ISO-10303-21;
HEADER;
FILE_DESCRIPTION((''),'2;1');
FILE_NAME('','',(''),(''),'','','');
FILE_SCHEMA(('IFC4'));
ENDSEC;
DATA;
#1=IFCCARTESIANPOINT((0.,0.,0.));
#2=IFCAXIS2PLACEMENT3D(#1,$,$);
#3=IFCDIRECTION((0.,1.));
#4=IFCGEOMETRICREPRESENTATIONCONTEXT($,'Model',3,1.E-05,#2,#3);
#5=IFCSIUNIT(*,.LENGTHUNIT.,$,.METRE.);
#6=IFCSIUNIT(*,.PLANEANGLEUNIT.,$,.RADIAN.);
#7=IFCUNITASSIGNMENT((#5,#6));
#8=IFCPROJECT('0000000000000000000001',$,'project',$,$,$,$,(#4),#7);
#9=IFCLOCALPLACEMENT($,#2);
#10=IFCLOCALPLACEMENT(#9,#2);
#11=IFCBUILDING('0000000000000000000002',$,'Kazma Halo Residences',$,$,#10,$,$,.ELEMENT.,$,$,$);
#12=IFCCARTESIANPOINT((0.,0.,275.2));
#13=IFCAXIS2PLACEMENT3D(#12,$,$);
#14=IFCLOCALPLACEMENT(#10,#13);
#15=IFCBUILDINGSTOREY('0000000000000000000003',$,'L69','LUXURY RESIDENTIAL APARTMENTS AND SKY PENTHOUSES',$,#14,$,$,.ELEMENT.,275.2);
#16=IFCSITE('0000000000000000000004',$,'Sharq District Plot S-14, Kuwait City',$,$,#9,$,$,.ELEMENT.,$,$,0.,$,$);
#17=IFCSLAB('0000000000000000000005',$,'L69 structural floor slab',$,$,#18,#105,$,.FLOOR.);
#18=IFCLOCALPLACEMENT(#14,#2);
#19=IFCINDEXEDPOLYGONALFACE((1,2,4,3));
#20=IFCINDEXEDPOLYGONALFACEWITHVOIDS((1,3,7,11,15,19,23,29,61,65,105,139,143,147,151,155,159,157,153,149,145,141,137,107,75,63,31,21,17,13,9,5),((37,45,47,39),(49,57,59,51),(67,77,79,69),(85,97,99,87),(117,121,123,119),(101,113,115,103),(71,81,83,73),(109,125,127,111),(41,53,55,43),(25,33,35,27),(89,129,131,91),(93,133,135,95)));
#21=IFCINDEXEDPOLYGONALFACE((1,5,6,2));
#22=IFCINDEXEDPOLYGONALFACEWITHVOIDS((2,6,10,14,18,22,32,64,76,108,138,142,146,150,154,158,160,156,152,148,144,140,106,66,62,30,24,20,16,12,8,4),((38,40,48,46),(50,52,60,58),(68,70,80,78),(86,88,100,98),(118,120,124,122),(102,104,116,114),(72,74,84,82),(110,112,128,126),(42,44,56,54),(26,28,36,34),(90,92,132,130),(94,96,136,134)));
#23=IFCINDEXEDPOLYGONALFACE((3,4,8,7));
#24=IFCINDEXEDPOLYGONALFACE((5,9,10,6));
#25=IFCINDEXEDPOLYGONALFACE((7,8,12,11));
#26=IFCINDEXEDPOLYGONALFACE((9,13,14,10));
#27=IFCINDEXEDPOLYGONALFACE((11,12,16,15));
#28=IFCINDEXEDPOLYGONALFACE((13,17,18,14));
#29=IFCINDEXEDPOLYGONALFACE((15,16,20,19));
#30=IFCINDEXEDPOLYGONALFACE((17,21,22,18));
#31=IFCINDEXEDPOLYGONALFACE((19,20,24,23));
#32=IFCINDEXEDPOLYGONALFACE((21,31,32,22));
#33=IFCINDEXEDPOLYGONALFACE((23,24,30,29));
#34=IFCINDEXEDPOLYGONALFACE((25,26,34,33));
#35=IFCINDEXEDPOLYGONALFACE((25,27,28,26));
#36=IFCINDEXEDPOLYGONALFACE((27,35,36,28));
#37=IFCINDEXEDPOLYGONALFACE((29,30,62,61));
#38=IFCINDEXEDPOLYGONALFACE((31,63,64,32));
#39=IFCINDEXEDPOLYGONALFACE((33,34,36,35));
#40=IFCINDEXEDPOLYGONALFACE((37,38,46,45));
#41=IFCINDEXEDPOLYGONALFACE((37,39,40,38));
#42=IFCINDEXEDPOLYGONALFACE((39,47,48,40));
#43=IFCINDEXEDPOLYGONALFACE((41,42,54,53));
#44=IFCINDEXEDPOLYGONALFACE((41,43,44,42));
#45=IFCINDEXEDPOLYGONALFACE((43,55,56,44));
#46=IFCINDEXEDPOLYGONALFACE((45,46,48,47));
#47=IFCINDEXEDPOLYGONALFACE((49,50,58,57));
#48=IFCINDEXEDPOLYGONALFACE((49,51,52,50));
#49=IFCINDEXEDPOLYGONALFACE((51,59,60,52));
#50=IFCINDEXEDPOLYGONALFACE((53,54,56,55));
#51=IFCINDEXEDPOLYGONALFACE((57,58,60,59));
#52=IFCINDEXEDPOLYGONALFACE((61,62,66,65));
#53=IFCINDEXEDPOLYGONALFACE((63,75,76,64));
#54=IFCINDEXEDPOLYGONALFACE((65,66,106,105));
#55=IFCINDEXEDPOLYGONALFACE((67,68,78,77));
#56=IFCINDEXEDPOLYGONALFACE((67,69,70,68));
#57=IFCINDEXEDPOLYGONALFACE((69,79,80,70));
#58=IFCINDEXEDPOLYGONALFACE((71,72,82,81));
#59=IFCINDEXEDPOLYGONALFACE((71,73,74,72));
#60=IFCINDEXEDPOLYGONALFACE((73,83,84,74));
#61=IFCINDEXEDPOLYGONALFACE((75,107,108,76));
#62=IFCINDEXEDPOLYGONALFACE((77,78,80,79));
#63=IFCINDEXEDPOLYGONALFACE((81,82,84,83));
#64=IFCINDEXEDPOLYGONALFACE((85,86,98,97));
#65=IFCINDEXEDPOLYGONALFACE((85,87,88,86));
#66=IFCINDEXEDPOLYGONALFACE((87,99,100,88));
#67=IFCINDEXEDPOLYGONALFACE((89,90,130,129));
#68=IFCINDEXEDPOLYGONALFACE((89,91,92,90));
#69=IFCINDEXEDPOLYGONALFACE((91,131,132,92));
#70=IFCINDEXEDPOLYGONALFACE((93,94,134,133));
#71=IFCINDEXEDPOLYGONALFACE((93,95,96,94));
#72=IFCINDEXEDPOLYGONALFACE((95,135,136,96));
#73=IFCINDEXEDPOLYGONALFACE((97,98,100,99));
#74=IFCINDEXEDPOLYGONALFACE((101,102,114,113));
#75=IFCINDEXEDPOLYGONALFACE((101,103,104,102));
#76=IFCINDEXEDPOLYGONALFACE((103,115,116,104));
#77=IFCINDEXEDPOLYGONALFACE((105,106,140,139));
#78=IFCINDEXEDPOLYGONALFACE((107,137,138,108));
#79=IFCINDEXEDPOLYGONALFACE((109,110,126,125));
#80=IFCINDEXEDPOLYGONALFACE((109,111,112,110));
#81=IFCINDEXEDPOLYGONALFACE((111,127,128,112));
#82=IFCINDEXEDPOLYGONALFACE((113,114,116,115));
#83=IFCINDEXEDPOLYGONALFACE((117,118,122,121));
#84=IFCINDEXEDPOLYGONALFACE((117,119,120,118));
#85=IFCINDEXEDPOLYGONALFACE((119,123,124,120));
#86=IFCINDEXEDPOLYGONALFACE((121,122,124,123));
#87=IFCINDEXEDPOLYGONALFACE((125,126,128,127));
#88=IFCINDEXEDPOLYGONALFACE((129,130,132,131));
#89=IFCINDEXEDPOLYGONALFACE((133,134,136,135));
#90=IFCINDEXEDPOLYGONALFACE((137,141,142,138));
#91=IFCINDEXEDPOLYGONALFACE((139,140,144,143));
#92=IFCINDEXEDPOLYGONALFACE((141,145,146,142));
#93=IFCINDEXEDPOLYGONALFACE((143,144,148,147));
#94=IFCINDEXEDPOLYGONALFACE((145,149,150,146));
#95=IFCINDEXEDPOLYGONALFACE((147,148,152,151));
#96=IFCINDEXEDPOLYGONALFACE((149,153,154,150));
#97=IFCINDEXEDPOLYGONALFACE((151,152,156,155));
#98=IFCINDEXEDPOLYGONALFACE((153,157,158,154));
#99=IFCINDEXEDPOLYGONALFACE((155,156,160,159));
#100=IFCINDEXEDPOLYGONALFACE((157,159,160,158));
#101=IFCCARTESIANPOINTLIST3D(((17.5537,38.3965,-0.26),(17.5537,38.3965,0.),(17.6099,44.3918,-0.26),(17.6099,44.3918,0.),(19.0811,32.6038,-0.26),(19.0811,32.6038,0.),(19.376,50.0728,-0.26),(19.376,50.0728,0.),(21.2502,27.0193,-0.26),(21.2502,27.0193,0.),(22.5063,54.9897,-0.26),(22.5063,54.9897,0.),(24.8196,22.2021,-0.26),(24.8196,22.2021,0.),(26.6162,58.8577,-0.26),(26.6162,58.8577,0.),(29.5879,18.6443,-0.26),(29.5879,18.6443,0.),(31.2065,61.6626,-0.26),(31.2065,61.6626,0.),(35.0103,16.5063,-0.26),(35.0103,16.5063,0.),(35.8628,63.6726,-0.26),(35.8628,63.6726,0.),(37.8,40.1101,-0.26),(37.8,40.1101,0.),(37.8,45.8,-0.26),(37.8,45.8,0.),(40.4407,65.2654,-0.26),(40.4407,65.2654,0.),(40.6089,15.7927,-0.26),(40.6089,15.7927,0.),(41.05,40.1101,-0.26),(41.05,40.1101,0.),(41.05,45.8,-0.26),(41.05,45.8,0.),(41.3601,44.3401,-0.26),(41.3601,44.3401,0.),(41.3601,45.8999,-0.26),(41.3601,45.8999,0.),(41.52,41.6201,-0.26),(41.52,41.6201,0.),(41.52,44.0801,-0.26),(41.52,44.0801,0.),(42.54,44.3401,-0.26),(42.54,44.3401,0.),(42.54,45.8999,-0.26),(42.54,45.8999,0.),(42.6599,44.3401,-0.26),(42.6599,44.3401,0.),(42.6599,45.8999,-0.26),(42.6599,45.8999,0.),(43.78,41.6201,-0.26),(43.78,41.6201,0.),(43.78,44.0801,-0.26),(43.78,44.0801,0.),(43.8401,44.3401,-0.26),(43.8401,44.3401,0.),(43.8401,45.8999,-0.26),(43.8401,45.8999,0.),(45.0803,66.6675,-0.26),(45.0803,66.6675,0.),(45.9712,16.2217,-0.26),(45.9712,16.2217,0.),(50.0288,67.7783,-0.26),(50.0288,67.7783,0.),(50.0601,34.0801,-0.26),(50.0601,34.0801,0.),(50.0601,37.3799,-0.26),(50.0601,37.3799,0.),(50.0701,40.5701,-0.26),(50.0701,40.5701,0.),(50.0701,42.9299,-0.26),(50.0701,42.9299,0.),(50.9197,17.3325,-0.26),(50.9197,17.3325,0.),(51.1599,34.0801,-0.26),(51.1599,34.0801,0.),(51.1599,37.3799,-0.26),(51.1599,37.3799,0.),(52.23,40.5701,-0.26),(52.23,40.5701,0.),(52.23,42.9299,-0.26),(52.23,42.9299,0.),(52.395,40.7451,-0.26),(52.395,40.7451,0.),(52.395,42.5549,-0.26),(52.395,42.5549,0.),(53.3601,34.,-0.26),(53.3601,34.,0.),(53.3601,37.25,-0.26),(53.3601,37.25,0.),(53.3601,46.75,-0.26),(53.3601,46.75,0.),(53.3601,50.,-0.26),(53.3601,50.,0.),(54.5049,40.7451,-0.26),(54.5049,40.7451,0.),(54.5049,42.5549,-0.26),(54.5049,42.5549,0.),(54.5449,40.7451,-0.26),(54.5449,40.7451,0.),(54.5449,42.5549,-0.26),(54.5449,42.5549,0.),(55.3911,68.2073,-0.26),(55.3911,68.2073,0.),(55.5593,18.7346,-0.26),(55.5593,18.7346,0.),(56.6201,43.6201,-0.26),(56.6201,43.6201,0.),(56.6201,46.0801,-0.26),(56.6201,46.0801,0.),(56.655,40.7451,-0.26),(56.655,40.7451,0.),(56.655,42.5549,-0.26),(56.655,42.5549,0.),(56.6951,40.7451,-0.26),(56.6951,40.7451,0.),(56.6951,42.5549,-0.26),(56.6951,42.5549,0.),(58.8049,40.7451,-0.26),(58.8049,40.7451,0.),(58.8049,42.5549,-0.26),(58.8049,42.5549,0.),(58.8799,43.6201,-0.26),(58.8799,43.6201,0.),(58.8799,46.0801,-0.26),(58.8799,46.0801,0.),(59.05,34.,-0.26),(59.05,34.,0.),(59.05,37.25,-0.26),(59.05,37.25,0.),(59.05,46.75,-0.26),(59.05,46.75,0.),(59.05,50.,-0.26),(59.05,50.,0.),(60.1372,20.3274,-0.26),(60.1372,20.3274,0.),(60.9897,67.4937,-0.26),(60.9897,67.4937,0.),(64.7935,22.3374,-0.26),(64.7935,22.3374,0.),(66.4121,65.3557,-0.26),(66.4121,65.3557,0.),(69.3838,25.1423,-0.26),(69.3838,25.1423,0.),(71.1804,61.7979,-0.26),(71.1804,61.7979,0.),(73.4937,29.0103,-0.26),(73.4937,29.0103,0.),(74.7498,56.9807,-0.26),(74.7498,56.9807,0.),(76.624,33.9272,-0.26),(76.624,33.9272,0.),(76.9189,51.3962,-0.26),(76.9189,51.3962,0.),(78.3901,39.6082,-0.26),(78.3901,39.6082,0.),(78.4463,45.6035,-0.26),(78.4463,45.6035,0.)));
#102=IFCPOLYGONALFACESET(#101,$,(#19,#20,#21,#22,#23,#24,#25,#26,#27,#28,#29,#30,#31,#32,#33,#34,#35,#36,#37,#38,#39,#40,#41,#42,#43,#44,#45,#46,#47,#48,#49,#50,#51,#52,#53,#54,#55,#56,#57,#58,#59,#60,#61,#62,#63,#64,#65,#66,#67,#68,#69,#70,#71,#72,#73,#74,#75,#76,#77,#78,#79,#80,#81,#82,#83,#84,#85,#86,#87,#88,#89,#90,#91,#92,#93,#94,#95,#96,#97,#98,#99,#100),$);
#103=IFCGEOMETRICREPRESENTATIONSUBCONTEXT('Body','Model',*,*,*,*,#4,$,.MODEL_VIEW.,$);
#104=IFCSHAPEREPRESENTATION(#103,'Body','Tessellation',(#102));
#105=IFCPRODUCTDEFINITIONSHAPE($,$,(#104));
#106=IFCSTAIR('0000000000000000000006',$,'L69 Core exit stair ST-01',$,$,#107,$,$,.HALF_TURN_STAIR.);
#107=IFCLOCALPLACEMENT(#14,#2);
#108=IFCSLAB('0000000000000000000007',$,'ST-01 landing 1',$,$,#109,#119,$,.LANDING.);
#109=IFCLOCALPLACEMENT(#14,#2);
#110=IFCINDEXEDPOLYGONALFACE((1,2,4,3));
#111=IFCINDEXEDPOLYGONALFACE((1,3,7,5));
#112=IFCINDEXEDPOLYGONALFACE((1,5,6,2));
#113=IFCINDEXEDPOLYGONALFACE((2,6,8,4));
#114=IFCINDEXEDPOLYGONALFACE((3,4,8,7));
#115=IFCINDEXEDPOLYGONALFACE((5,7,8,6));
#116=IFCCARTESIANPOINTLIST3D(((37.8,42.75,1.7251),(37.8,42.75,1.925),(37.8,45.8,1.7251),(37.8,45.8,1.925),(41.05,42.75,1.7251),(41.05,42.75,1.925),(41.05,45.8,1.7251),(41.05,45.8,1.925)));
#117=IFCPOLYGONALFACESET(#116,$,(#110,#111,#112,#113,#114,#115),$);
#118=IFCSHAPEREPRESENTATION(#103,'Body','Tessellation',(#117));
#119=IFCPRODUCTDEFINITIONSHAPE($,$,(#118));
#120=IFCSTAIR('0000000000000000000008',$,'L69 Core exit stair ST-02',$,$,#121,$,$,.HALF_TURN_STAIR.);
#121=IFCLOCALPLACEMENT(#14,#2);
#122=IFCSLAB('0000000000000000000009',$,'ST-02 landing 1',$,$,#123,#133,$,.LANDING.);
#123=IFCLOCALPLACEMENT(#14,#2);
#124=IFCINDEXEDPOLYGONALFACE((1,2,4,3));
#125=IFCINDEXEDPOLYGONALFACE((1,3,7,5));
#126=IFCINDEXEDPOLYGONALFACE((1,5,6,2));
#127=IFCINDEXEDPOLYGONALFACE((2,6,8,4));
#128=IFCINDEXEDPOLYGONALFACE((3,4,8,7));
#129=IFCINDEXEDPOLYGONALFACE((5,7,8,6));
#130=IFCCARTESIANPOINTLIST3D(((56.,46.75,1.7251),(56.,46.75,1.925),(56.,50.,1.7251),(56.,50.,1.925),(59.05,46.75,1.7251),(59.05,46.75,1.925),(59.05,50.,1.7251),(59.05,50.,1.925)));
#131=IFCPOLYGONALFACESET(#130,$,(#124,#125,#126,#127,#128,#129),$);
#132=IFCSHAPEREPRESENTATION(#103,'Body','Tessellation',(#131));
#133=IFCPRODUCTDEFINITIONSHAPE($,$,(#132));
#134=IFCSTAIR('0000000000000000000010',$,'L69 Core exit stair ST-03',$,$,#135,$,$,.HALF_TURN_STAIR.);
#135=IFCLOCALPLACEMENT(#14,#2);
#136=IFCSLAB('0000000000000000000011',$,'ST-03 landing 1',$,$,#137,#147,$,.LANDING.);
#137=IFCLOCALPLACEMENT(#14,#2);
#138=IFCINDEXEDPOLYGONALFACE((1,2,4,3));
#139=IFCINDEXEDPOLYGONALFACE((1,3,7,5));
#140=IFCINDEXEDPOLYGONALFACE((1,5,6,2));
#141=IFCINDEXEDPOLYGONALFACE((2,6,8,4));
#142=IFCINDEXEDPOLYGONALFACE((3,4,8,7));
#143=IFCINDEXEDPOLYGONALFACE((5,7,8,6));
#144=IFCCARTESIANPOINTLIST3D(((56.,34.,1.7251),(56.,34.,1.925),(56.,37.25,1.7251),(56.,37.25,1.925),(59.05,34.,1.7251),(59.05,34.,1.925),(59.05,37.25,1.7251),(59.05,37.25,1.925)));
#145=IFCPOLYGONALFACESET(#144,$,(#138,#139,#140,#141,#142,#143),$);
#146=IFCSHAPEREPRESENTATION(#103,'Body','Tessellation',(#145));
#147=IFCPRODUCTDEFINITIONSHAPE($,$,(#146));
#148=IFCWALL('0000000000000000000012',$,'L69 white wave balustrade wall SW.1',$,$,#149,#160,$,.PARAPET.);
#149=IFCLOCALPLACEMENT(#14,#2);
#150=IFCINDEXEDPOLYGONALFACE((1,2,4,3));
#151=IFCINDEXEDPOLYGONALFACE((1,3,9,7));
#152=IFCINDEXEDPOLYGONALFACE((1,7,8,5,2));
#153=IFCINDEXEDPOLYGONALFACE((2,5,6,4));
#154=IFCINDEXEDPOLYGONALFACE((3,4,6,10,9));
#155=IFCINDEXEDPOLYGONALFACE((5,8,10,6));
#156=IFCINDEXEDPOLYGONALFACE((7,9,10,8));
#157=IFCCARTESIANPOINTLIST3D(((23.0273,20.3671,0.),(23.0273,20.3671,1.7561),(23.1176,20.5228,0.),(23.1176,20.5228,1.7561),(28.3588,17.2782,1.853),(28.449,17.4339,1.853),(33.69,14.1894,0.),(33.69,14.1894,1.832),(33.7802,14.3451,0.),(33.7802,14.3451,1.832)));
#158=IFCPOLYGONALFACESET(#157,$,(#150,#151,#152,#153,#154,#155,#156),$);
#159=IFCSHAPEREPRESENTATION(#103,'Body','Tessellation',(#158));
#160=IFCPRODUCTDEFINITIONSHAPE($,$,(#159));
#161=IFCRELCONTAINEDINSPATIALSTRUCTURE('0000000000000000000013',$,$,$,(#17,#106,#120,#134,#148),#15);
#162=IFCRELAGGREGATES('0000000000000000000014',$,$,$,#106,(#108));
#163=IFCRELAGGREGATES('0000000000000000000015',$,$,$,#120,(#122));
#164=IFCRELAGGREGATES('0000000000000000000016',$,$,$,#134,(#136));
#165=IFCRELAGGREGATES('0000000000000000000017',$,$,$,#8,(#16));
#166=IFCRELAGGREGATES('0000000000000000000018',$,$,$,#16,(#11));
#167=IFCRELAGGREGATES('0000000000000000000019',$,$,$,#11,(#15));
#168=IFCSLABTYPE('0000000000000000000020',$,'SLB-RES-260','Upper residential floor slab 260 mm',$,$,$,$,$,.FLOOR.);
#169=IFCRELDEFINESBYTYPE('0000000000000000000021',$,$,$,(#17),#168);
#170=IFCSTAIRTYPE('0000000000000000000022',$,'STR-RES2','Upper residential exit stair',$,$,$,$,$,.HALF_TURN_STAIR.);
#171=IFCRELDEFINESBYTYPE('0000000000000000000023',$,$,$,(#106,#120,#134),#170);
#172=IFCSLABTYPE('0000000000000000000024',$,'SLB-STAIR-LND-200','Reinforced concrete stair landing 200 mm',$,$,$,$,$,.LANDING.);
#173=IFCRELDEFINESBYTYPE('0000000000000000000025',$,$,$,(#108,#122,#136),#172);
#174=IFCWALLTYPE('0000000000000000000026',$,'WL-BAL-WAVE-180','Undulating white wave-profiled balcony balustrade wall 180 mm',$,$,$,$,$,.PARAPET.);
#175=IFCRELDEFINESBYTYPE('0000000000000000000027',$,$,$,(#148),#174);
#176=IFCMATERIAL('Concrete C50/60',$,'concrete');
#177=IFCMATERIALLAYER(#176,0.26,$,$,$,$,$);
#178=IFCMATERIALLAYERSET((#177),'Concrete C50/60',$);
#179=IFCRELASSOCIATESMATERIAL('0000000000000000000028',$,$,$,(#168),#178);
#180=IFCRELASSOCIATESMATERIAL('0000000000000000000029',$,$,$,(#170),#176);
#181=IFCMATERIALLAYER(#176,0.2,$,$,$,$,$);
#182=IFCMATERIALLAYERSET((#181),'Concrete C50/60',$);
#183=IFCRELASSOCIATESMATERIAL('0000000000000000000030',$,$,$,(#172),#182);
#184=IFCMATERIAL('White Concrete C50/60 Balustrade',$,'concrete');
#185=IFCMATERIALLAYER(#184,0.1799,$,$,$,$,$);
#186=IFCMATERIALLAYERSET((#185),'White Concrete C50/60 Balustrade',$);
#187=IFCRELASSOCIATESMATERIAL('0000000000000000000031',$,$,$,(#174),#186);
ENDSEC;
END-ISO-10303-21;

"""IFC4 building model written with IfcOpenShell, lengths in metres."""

from ifc_helpers import new_model, si_unit, direction, frame, origin, place, context, subcontext, project, spatial, polyline, outline, extrude, material, layer, layer_set, type_object, element, aggregate, save


model = new_model("IFC4")

# Units and contexts
model_context = context("Model", 3, precision=1e-05, world=origin(), true_north=direction((0.0, 1.0)))
body_context = subcontext(model_context, "Body", "Model", "MODEL_VIEW")
ifc_project = project(units=[si_unit("LENGTHUNIT", "METRE"), si_unit("PLANEANGLEUNIT", "RADIAN")], contexts=[model_context])

# Site, building, storey
site_placement = place(None, origin())
site = spatial("IfcSite", under=ifc_project, at=site_placement, Name="Sharq District Plot S-14, Kuwait City", CompositionType="ELEMENT", RefElevation=0.0)
building_placement = place(site_placement, origin())
building = spatial("IfcBuilding", under=site, at=building_placement, Name="Kazma Halo Residences", CompositionType="ELEMENT")
storey_placement = place(building_placement, frame((0.0, 0.0, 275.2)))
storey = spatial("IfcBuildingStorey", under=building, at=storey_placement, Name="L69", Description="LUXURY RESIDENTIAL APARTMENTS AND SKY PENTHOUSES", CompositionType="ELEMENT", Elevation=275.2)

# Slab
ifc_material_1 = material(Name="Concrete C50/60", Category="concrete")
ifc_layer_1 = layer(ifc_material_1, 0.26)
ifc_layer_set_1 = layer_set([ifc_layer_1], Name="Concrete C50/60")
slab_type_1 = type_object("IfcSlabType", Name="SLB-RES-260", Description="Upper residential floor slab 260 mm", PredefinedType="FLOOR", material=ifc_layer_set_1)
slab_1_placement = place(storey_placement, frame((0.0, 0.0, -0.26)))
element("IfcSlab", 1, at=slab_1_placement, inside=storey, type_object=slab_type_1, Name="L69 structural floor slab", PredefinedType="FLOOR", context=body_context, shape_type="SweptSolid", body=[
    extrude(outline(polyline([(76.9189, 51.3962), (74.7498, 56.9807), (71.1804, 61.7979), (66.4121, 65.3557), (60.9897, 67.4937), (55.3911, 68.2073), (50.0288, 67.7783), (45.0803, 66.6675), (40.4407, 65.2654), (35.8628, 63.6726), (31.2065, 61.6626), (26.6162, 58.8577), (22.5063, 54.9897), (19.376, 50.0728), (17.6099, 44.3918), (17.5537, 38.3965), (19.0811, 32.6038), (21.2502, 27.0193), (24.8196, 22.2021), (29.5879, 18.6443), (35.0103, 16.5063), (40.6089, 15.7927), (45.9712, 16.2217), (50.9197, 17.3325), (55.5593, 18.7346), (60.1372, 20.3274), (64.7935, 22.3374), (69.3838, 25.1423), (73.4937, 29.0103), (76.624, 33.9272), (78.3901, 39.6082), (78.4463, 45.6035), (76.9189, 51.3962)]), holes=[polyline([(37.8, 40.1101), (41.05, 40.1101), (41.05, 45.8), (37.8, 45.8), (37.8, 40.1101)]), polyline([(53.3601, 46.75), (59.05, 46.75), (59.05, 50.0), (53.3601, 50.0), (53.3601, 46.75)]), polyline([(53.3601, 34.0), (59.05, 34.0), (59.05, 37.25), (53.3601, 37.25), (53.3601, 34.0)]), polyline([(41.52, 41.6201), (43.78, 41.6201), (43.78, 44.0801), (41.52, 44.0801), (41.52, 41.6201)]), polyline([(56.6201, 43.6201), (58.8799, 43.6201), (58.8799, 46.0801), (56.6201, 46.0801), (56.6201, 43.6201)]), polyline([(52.395, 40.7451), (54.5049, 40.7451), (54.5049, 42.5549), (52.395, 42.5549), (52.395, 40.7451)]), polyline([(54.5449, 40.7451), (56.655, 40.7451), (56.655, 42.5549), (54.5449, 42.5549), (54.5449, 40.7451)]), polyline([(56.6951, 40.7451), (58.8049, 40.7451), (58.8049, 42.5549), (56.6951, 42.5549), (56.6951, 40.7451)]), polyline([(50.0701, 40.5701), (52.23, 40.5701), (52.23, 42.9299), (50.0701, 42.9299), (50.0701, 40.5701)]), polyline([(41.3601, 44.3401), (42.54, 44.3401), (42.54, 45.8999), (41.3601, 45.8999), (41.3601, 44.3401)]), polyline([(42.6599, 44.3401), (43.8401, 44.3401), (43.8401, 45.8999), (42.6599, 45.8999), (42.6599, 44.3401)]), polyline([(50.0601, 34.0801), (51.1599, 34.0801), (51.1599, 37.3799), (50.0601, 37.3799), (50.0601, 34.0801)])]), origin(), (0.0, 0.0, 1.0), 0.26),
])

# Stairs, slabs
stair_type = type_object("IfcStairType", Name="STR-RES2", Description="Upper residential exit stair", PredefinedType="HALF_TURN_STAIR", material=ifc_material_1)
stair_1_placement = place(storey_placement, origin())
stair_1 = element("IfcStair", 2, at=stair_1_placement, inside=storey, type_object=stair_type, Name="L69 Core exit stair ST-01", PredefinedType="HALF_TURN_STAIR")
ifc_layer_2 = layer(ifc_material_1, 0.2)
ifc_layer_set_2 = layer_set([ifc_layer_2], Name="Concrete C50/60")
slab_type_2 = type_object("IfcSlabType", Name="SLB-STAIR-LND-200", Description="Reinforced concrete stair landing 200 mm", PredefinedType="LANDING", material=ifc_layer_set_2)
slab_2_placement = place(storey_placement, frame((0.0, 0.0, 1.7251)))
slab_2 = element("IfcSlab", 3, at=slab_2_placement, type_object=slab_type_2, Name="ST-01 landing 1", PredefinedType="LANDING", context=body_context, shape_type="SweptSolid", body=[
    extrude(outline(polyline([(41.05, 42.75), (41.05, 45.8), (37.8, 45.8), (37.8, 42.75), (41.05, 42.75)])), origin(), (0.0, 0.0, 1.0), 0.2),
])
aggregate(stair_1, [slab_2])
stair_2_placement = place(storey_placement, origin())
stair_2 = element("IfcStair", 4, at=stair_2_placement, inside=storey, type_object=stair_type, Name="L69 Core exit stair ST-02", PredefinedType="HALF_TURN_STAIR")
slab_3_placement = place(storey_placement, frame((0.0, 0.0, 1.7251)))
slab_3 = element("IfcSlab", 5, at=slab_3_placement, type_object=slab_type_2, Name="ST-02 landing 1", PredefinedType="LANDING", context=body_context, shape_type="SweptSolid", body=[
    extrude(outline(polyline([(56.0, 46.75), (59.05, 46.75), (59.05, 50.0), (56.0, 50.0), (56.0, 46.75)])), origin(), (0.0, 0.0, 1.0), 0.2),
])
aggregate(stair_2, [slab_3])
stair_3_placement = place(storey_placement, origin())
stair_3 = element("IfcStair", 6, at=stair_3_placement, inside=storey, type_object=stair_type, Name="L69 Core exit stair ST-03", PredefinedType="HALF_TURN_STAIR")
slab_4_placement = place(storey_placement, frame((0.0, 0.0, 1.7251)))
slab_4 = element("IfcSlab", 7, at=slab_4_placement, type_object=slab_type_2, Name="ST-03 landing 1", PredefinedType="LANDING", context=body_context, shape_type="SweptSolid", body=[
    extrude(outline(polyline([(56.0, 34.0), (59.05, 34.0), (59.05, 37.25), (56.0, 37.25), (56.0, 34.0)])), origin(), (0.0, 0.0, 1.0), 0.2),
])
aggregate(stair_3, [slab_4])

# Wall
ifc_material_2 = material(Name="White Concrete C50/60 Balustrade", Category="concrete")
ifc_layer_3 = layer(ifc_material_2, 0.1799)
ifc_layer_set_3 = layer_set([ifc_layer_3], Name="White Concrete C50/60 Balustrade")
wall_type_1 = type_object("IfcWallType", Name="WL-BAL-WAVE-180", Description="Undulating white wave-profiled balcony balustrade wall 180 mm", PredefinedType="PARAPET", material=ifc_layer_set_3)
wall_1_placement = place(storey_placement, frame((23.0725, 20.4451, 0.0), z_axis=(0.0, 0.0, 1.0), x_axis=(0.865263, -0.501319, 0.0)))
element("IfcWall", 8, at=wall_1_placement, inside=storey, type_object=wall_type_1, Name="L69 white wave balustrade wall SW.1", PredefinedType="PARAPET", context=body_context, shape_type="SweptSolid", body=[
    extrude(outline(polyline([(0.0, 0.0), (12.323, 0.0), (12.323, 1.832), (6.1616, 1.853), (0.0, 1.7561), (0.0, 0.0)])), frame((0.0, 0.0898, 0.0), z_axis=(0.0, -1.0, 0.0), x_axis=(1.0, 0.0, 0.0)), (0.0, 0.0, 1.0), 0.1799),
])

save(model, "model.ifc")
